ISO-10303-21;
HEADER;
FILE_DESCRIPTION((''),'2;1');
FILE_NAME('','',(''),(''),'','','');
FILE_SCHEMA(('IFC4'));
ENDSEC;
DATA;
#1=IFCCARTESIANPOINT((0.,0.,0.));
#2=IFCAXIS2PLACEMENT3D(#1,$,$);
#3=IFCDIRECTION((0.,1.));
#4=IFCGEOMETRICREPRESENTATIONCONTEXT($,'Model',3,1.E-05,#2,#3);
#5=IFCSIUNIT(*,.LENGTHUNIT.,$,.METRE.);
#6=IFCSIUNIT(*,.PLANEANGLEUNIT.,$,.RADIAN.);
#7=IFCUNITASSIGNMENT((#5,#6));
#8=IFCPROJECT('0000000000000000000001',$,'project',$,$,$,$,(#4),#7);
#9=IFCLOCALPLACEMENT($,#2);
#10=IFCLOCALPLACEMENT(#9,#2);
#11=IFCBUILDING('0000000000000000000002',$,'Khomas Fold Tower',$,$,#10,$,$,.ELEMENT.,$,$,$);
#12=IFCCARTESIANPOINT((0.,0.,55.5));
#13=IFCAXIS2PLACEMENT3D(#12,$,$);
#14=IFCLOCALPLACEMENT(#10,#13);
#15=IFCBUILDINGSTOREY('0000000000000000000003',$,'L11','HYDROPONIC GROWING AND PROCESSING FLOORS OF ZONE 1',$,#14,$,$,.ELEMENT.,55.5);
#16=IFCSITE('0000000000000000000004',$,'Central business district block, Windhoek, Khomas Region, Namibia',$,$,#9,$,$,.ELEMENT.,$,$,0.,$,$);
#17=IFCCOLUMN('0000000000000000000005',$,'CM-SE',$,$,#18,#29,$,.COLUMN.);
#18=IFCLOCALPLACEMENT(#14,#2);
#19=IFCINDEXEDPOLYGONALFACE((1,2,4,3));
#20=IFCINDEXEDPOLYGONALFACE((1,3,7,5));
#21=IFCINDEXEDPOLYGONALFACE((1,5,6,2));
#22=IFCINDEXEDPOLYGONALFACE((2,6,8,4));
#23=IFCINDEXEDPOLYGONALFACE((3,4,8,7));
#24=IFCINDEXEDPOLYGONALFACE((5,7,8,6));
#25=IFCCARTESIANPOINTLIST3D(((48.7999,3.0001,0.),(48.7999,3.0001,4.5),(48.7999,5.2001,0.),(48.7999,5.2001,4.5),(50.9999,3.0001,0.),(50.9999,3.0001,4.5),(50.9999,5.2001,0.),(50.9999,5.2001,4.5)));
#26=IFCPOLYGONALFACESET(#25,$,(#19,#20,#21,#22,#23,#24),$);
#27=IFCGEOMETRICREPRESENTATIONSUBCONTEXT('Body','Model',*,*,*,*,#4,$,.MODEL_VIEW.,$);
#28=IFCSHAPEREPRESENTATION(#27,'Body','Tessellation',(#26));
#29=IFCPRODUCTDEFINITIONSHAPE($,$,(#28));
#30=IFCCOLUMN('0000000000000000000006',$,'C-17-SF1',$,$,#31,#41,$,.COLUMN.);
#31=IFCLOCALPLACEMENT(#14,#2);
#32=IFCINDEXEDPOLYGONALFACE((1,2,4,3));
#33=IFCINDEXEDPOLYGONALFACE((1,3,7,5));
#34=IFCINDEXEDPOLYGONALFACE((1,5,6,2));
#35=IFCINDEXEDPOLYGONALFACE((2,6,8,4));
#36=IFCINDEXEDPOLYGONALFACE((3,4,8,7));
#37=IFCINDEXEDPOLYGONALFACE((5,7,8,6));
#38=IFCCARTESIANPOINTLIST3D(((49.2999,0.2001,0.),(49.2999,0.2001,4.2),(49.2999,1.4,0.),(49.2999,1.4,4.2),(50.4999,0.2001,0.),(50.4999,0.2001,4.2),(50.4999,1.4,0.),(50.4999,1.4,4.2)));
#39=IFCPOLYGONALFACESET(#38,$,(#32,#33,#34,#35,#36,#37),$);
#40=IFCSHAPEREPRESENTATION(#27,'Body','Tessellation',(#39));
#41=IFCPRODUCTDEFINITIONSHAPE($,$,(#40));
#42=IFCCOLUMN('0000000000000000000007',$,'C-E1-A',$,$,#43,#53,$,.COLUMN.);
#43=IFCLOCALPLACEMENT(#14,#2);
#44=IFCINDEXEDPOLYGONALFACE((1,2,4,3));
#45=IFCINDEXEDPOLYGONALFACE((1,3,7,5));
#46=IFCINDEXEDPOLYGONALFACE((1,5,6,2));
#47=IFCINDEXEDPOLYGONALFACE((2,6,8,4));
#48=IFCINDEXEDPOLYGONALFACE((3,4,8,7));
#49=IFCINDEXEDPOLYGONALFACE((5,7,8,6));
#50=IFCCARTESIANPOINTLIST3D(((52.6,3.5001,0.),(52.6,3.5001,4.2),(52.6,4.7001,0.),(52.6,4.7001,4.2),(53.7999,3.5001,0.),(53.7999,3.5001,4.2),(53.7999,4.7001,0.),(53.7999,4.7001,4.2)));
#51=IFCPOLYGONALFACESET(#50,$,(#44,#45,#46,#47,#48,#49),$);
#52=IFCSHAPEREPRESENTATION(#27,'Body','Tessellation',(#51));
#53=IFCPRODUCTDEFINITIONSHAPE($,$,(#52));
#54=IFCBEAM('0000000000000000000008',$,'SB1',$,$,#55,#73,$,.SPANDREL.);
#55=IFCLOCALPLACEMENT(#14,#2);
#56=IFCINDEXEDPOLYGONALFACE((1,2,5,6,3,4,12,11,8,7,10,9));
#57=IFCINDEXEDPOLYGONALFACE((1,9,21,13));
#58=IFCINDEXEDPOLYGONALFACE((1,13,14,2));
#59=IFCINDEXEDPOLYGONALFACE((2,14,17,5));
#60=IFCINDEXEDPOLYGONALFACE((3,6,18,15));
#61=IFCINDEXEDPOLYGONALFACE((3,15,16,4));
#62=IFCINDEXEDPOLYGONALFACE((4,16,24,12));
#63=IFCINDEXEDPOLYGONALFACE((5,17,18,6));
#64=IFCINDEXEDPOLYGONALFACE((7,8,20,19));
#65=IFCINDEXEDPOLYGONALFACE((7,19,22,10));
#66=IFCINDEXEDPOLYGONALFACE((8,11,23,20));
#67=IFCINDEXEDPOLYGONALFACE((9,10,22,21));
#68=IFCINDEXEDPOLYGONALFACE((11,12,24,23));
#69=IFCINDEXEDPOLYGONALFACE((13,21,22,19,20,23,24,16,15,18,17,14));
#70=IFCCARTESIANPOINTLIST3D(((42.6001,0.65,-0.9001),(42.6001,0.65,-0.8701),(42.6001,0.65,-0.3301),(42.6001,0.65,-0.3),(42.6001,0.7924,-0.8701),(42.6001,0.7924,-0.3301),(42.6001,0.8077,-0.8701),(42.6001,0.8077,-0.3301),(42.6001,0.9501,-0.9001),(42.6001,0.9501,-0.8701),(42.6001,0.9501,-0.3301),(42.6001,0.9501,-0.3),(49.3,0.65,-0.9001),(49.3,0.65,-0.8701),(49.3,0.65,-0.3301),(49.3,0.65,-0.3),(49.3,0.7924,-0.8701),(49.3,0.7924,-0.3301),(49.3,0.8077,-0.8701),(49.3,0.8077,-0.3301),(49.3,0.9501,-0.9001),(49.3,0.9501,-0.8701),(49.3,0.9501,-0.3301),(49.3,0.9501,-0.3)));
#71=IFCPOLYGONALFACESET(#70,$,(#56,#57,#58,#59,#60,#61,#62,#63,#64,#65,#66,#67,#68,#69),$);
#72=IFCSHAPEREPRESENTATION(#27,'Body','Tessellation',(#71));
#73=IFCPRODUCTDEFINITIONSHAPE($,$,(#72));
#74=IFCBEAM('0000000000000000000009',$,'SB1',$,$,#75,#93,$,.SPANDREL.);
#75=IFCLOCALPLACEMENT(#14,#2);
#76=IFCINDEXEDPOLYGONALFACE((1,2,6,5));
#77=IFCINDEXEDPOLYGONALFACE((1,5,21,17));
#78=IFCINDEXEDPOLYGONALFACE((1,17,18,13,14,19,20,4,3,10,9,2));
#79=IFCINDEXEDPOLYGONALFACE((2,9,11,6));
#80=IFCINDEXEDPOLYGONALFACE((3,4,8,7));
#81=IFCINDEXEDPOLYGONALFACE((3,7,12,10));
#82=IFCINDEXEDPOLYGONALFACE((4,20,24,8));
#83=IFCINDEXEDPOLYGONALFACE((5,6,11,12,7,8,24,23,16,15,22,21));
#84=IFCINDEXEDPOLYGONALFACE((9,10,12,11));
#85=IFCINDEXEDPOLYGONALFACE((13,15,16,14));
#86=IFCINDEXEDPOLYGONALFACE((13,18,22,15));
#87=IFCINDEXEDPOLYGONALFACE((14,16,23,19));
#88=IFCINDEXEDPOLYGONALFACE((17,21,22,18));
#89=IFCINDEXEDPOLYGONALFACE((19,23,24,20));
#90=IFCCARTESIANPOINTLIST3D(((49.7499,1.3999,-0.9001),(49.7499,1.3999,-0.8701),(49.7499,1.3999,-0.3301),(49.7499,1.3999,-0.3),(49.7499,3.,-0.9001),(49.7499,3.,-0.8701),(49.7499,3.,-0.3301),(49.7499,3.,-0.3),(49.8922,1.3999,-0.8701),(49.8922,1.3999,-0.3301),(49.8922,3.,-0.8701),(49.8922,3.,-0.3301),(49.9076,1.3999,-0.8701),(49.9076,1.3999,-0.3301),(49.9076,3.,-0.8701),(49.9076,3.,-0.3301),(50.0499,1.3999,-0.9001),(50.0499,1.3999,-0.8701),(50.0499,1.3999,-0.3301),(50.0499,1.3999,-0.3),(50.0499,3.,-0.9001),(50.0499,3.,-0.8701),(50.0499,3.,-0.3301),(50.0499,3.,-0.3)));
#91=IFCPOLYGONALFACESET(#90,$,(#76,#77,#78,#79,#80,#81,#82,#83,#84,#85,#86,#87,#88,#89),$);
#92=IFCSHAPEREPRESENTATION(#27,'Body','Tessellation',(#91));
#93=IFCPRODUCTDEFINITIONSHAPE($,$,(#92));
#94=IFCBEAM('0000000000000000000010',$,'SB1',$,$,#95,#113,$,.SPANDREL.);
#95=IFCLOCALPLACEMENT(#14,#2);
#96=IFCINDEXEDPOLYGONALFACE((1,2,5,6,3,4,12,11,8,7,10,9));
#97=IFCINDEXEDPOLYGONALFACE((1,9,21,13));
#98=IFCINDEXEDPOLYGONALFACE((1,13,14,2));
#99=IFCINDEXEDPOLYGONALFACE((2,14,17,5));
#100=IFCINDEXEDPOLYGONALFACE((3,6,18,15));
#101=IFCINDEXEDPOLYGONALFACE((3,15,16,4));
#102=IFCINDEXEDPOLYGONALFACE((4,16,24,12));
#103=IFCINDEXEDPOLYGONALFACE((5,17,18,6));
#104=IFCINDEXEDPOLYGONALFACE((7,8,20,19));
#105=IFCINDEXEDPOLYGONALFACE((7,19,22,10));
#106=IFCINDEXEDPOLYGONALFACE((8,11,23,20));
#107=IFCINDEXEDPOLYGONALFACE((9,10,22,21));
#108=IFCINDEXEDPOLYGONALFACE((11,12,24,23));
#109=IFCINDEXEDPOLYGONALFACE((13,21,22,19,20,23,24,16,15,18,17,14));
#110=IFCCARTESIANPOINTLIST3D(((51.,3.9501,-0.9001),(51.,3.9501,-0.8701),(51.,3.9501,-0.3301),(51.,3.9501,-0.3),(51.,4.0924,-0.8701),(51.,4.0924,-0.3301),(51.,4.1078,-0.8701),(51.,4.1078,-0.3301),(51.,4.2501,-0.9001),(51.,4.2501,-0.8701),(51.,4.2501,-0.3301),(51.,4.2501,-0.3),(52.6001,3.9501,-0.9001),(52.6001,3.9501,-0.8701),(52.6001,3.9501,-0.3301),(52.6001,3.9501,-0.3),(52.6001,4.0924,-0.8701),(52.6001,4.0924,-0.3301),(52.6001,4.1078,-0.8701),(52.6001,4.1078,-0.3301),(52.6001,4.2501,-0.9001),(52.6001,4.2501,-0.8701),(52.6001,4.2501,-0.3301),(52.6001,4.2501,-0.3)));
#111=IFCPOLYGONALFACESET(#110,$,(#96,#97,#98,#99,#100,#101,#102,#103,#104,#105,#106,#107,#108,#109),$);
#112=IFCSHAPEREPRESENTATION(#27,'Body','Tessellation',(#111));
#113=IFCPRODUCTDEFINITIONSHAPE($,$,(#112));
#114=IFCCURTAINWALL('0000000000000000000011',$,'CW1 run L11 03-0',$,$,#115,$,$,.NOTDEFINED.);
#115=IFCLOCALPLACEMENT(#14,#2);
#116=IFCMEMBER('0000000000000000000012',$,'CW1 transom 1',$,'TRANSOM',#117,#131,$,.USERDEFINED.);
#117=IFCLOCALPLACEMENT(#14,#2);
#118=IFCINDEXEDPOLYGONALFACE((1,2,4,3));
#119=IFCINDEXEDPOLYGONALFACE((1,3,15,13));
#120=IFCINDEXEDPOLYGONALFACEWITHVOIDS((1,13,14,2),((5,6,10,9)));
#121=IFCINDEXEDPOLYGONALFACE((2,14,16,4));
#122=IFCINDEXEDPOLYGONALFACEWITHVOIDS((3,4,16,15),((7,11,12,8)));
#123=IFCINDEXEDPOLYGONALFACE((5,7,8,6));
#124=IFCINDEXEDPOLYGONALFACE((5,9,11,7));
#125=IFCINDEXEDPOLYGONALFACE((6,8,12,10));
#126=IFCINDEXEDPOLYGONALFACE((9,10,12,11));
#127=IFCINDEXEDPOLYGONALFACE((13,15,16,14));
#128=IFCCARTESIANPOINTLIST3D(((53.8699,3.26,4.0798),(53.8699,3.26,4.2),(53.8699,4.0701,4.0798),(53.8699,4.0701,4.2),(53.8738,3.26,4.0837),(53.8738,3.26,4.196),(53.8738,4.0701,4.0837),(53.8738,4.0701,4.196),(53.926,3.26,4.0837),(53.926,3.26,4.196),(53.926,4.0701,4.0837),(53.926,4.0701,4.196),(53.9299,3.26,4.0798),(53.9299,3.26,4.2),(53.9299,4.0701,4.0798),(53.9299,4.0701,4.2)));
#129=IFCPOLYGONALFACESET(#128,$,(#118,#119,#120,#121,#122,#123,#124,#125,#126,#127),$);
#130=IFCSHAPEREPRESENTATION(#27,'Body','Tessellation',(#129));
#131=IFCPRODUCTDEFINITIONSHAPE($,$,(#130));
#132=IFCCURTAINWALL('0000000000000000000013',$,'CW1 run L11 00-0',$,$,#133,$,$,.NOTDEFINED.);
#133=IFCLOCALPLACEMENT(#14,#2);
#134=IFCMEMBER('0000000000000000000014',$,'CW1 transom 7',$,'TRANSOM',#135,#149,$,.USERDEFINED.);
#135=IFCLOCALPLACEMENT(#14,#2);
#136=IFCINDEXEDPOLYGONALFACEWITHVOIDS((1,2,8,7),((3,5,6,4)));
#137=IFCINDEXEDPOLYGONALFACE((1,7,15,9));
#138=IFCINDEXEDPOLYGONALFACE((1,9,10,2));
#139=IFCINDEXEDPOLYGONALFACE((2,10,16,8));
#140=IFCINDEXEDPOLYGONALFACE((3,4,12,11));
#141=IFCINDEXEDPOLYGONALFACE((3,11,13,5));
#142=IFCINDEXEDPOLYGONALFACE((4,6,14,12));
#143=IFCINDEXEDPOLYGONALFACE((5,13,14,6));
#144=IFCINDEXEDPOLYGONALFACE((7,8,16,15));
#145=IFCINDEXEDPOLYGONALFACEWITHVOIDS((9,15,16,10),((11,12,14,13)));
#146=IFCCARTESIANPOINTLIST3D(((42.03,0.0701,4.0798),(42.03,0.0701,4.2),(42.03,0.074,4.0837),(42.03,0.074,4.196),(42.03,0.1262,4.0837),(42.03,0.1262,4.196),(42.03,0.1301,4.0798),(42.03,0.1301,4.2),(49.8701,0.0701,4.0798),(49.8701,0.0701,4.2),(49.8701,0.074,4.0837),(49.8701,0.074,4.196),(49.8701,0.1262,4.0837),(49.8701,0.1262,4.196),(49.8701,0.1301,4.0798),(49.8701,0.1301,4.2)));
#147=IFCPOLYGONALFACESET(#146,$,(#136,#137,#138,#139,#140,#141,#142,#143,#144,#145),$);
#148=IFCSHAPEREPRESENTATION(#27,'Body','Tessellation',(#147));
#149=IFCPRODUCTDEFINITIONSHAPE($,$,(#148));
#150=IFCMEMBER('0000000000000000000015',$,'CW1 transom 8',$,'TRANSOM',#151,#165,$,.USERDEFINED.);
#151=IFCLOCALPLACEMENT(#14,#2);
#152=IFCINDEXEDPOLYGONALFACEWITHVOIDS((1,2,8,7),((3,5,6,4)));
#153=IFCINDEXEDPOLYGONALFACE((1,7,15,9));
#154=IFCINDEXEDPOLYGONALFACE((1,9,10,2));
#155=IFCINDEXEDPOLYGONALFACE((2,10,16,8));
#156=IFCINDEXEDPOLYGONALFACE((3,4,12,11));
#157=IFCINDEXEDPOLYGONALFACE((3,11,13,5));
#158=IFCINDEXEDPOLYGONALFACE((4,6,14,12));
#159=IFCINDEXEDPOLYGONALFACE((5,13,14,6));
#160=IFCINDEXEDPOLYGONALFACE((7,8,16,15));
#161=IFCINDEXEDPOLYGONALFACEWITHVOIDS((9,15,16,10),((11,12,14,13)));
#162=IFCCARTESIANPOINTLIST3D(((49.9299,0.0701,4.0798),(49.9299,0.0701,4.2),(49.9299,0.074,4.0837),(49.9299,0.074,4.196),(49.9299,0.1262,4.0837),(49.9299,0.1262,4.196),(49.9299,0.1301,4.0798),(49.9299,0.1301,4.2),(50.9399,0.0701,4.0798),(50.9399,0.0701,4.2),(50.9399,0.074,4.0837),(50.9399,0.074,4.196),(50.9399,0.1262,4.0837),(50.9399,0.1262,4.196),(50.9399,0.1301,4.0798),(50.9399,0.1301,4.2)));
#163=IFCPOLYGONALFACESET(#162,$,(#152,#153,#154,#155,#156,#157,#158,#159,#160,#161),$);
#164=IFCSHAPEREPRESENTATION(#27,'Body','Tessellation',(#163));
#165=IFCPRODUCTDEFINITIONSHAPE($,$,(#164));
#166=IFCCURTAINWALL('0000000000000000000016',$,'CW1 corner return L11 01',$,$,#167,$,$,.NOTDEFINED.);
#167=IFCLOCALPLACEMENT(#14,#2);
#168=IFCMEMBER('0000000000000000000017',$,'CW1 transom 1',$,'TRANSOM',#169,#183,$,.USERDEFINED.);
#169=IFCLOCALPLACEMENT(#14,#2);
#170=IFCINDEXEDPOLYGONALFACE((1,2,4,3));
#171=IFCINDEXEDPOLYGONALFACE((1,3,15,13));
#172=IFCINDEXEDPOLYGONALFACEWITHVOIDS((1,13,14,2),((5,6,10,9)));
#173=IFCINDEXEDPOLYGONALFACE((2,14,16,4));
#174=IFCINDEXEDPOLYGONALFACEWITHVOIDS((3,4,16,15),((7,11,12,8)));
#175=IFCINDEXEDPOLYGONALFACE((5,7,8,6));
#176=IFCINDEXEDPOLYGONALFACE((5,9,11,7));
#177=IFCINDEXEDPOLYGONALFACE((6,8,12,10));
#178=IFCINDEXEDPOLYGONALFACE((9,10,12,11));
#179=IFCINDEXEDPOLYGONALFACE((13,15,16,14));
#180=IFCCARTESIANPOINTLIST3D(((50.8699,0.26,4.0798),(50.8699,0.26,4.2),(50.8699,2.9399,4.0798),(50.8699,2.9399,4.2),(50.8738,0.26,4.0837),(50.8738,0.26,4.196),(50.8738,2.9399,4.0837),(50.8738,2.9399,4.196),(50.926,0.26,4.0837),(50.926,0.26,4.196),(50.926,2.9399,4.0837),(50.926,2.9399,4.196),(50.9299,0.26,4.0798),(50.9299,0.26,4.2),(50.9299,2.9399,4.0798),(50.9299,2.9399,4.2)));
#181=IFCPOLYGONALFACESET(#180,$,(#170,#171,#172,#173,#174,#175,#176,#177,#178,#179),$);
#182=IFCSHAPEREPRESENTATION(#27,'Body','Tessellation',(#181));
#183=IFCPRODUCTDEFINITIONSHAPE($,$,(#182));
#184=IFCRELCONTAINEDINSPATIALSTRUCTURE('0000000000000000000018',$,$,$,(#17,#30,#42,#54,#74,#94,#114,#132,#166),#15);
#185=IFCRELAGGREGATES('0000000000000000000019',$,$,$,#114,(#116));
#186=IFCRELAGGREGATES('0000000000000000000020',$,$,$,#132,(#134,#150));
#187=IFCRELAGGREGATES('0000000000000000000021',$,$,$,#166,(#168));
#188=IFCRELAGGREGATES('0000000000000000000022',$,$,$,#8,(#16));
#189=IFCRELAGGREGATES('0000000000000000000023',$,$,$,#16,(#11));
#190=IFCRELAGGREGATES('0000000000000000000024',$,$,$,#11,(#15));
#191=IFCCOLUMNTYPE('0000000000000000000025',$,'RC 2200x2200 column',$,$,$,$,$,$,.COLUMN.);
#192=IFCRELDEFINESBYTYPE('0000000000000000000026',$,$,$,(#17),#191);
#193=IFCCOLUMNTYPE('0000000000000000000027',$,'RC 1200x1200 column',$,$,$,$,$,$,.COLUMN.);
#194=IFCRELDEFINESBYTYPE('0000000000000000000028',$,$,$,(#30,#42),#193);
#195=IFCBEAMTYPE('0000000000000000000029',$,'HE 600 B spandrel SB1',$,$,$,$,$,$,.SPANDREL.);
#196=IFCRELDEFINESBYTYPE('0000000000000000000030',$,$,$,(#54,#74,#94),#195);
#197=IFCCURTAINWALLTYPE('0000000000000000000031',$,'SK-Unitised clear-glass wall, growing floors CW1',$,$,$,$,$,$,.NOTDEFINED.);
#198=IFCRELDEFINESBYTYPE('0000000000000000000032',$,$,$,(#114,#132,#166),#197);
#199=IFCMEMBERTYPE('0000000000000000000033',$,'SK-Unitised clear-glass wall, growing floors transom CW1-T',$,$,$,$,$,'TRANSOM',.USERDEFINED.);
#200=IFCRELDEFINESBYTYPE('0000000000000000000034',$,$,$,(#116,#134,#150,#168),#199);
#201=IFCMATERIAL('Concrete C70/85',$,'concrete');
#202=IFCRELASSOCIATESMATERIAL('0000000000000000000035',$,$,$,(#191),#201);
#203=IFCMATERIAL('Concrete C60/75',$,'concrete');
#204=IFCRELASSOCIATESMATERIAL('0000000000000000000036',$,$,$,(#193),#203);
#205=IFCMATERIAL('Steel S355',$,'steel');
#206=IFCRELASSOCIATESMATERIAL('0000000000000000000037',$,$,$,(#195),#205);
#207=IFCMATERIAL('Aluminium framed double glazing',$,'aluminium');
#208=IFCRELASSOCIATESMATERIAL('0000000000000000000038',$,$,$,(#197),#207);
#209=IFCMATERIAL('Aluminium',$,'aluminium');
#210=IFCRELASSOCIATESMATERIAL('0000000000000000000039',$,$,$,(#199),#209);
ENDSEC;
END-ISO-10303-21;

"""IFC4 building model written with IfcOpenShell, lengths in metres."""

from ifc_helpers import new_model, si_unit, direction, frame, origin, origin_2d, place, context, subcontext, project, spatial, rectangle, hollow_rectangle, i_section, extrude, source, transform, mapped, material, material_profile, profile_set, type_object, element, aggregate, save


model = new_model("IFC4")

# Units and contexts
model_context = context("Model", 3, precision=1e-05, world=origin(), true_north=direction((0.0, 1.0)))
body_context = subcontext(model_context, "Body", "Model", "MODEL_VIEW")
ifc_project = project(units=[si_unit("LENGTHUNIT", "METRE"), si_unit("PLANEANGLEUNIT", "RADIAN")], contexts=[model_context])

# Site, building, storey
site_placement = place(None, origin())
site = spatial("IfcSite", under=ifc_project, at=site_placement, Name="Central business district block, Windhoek, Khomas Region, Namibia", CompositionType="ELEMENT", RefElevation=0.0)
building_placement = place(site_placement, origin())
building = spatial("IfcBuilding", under=site, at=building_placement, Name="Khomas Fold Tower", CompositionType="ELEMENT")
storey_placement = place(building_placement, frame((0.0, 0.0, 55.5)))
storey = spatial("IfcBuildingStorey", under=building, at=storey_placement, Name="L11", Description="HYDROPONIC GROWING AND PROCESSING FLOORS OF ZONE 1", CompositionType="ELEMENT", Elevation=55.5)

# Columns
ifc_material_1 = material(Name="Concrete C70/85", Category="concrete")
ifc_material_profile_1 = material_profile(ifc_material_1, rectangle(XDim=2.2, YDim=2.2, at=origin_2d()), Name="RC 2200x2200")
ifc_profile_set_1 = profile_set([ifc_material_profile_1], Name="Concrete C70/85")
column_type_1 = type_object("IfcColumnType", Name="RC 2200x2200 column", PredefinedType="COLUMN", material=ifc_profile_set_1)
shared_shape_1 = source(origin(), body_context, "Body", "SweptSolid", [
    extrude(rectangle(XDim=2.2, YDim=2.2, at=origin_2d()), origin(), (0.0, 0.0, 1.0), 4.5),
])
column_placement = place(storey_placement, frame((49.8999, 4.1001, 0.0), z_axis=(0.0, 0.0, 1.0), x_axis=(1.0, 0.0, 0.0)))
element("IfcColumn", 1, at=column_placement, inside=storey, type_object=column_type_1, Name="CM-SE", PredefinedType="COLUMN", context=body_context, shape_type="MappedRepresentation", body=[
    mapped(shared_shape_1, transform((0.0, 0.0, 0.0))),
])
ifc_material_2 = material(Name="Concrete C60/75", Category="concrete")
ifc_material_profile_2 = material_profile(ifc_material_2, rectangle(XDim=1.2, YDim=1.2, at=origin_2d()), Name="RC 1200x1200")
ifc_profile_set_2 = profile_set([ifc_material_profile_2], Name="Concrete C60/75")
column_type_2 = type_object("IfcColumnType", Name="RC 1200x1200 column", PredefinedType="COLUMN", material=ifc_profile_set_2)
shared_shape_2 = source(origin(), body_context, "Body", "SweptSolid", [
    extrude(rectangle(XDim=1.2, YDim=1.2, at=origin_2d()), origin(), (0.0, 0.0, 1.0), 4.2),
])
for number, where, z_axis, x_axis, name in (
    (2, (49.8999, 0.8, 0.0), (0.0, 0.0, 1.0), (1.0, 0.0, 0.0), "C-17-SF1"),
    (3, (53.2, 4.1001, 0.0), (0.0, 0.0, 1.0), (1.0, 0.0, 0.0), "C-E1-A"),
):
    element("IfcColumn", number, at=place(storey_placement, frame(where, z_axis=z_axis, x_axis=x_axis)), inside=storey, type_object=column_type_2, Name=name, PredefinedType="COLUMN", context=body_context, shape_type="MappedRepresentation", body=[
        mapped(shared_shape_2, transform((0.0, 0.0, 0.0))),
    ])

# Beams
ifc_material_3 = material(Name="Steel S355", Category="steel")
ifc_material_profile_3 = material_profile(ifc_material_3, i_section(OverallWidth=0.3, OverallDepth=0.6001, WebThickness=0.0154, FlangeThickness=0.03, at=origin_2d()), Name="HE 600 B")
ifc_profile_set_3 = profile_set([ifc_material_profile_3], Name="Steel S355")
beam_type = type_object("IfcBeamType", Name="HE 600 B spandrel SB1", PredefinedType="SPANDREL", material=ifc_profile_set_3)
shared_shape_3 = source(origin(), body_context, "Body", "SweptSolid", [
    extrude(i_section(OverallWidth=0.3, OverallDepth=0.6001, WebThickness=0.0154, FlangeThickness=0.03, at=origin_2d()), origin(), (0.0, 0.0, 1.0), 6.7),
])
beam_placement = place(storey_placement, frame((42.6001, 0.8, -0.6001), z_axis=(1.0, 0.0, 0.0), x_axis=(0.0, 1.0, 0.0)))
element("IfcBeam", 4, at=beam_placement, inside=storey, type_object=beam_type, Name="SB1", PredefinedType="SPANDREL", context=body_context, shape_type="MappedRepresentation", body=[
    mapped(shared_shape_3, transform((0.0, 0.0, 0.0))),
])
shared_shape_4 = source(origin(), body_context, "Body", "SweptSolid", [
    extrude(i_section(OverallWidth=0.3, OverallDepth=0.6001, WebThickness=0.0154, FlangeThickness=0.03, at=origin_2d()), origin(), (0.0, 0.0, 1.0), 1.6001),
])
for number, where, z_axis, x_axis, name in (
    (5, (49.8999, 1.3999, -0.6001), (0.0, 1.0, 0.0), (-1.0, 0.0, 0.0), "SB1"),
    (6, (51.0, 4.1001, -0.6001), (1.0, 0.0, 0.0), (0.0, 1.0, 0.0), "SB1"),
):
    element("IfcBeam", number, at=place(storey_placement, frame(where, z_axis=z_axis, x_axis=x_axis)), inside=storey, type_object=beam_type, Name=name, PredefinedType="SPANDREL", context=body_context, shape_type="MappedRepresentation", body=[
        mapped(shared_shape_4, transform((0.0, 0.0, 0.0))),
    ])

# Curtain wall, member
ifc_material_4 = material(Name="Aluminium framed double glazing", Category="aluminium")
curtain_wall_type = type_object("IfcCurtainWallType", Name="SK-Unitised clear-glass wall, growing floors CW1", PredefinedType="NOTDEFINED", material=ifc_material_4)
curtain_wall_1_placement = place(storey_placement, origin())
curtain_wall_1 = element("IfcCurtainWall", 7, at=curtain_wall_1_placement, inside=storey, type_object=curtain_wall_type, Name="CW1 run L11 03-0", PredefinedType="NOTDEFINED")
ifc_material_5 = material(Name="Aluminium", Category="aluminium")
ifc_material_profile_4 = material_profile(ifc_material_5, hollow_rectangle(XDim=0.0601, YDim=0.1201, WallThickness=0.0039, at=origin_2d()), Name="SK-Unitised clear-glass wall, growing floors transom CW1-T")
ifc_profile_set_4 = profile_set([ifc_material_profile_4], Name="Aluminium")
member_type_1 = type_object("IfcMemberType", Name="SK-Unitised clear-glass wall, growing floors transom CW1-T", ElementType="TRANSOM", PredefinedType="USERDEFINED", material=ifc_profile_set_4)
shared_shape_5 = source(origin(), body_context, "Body", "SweptSolid", [
    extrude(hollow_rectangle(XDim=0.0601, YDim=0.1201, WallThickness=0.0039, at=origin_2d()), origin(), (0.0, 0.0, 1.0), 0.8101),
])
member_1_placement = place(storey_placement, frame((53.8999, 3.26, 4.1399), z_axis=(0.0, 1.0, 0.0), x_axis=(-1.0, 0.0, 0.0)))
member_1 = element("IfcMember", 8, at=member_1_placement, type_object=member_type_1, Name="CW1 transom 1", ObjectType="TRANSOM", PredefinedType="USERDEFINED", context=body_context, shape_type="MappedRepresentation", body=[
    mapped(shared_shape_5, transform((0.0, 0.0, 0.0))),
])

# Curtain wall, members
curtain_wall_2_placement = place(storey_placement, origin())
curtain_wall_2 = element("IfcCurtainWall", 9, at=curtain_wall_2_placement, inside=storey, type_object=curtain_wall_type, Name="CW1 run L11 00-0", PredefinedType="NOTDEFINED")
shared_shape_6 = source(origin(), body_context, "Body", "SweptSolid", [
    extrude(hollow_rectangle(XDim=0.0601, YDim=0.1201, WallThickness=0.0039, at=origin_2d()), origin(), (0.0, 0.0, 1.0), 7.8401),
])
member_2_placement = place(storey_placement, frame((42.03, 0.1001, 4.1399), z_axis=(1.0, 0.0, 0.0), x_axis=(0.0, 1.0, 0.0)))
member_2 = element("IfcMember", 10, at=member_2_placement, type_object=member_type_1, Name="CW1 transom 7", ObjectType="TRANSOM", PredefinedType="USERDEFINED", context=body_context, shape_type="MappedRepresentation", body=[
    mapped(shared_shape_6, transform((0.0, 0.0, 0.0))),
])
shared_shape_7 = source(origin(), body_context, "Body", "SweptSolid", [
    extrude(hollow_rectangle(XDim=0.0601, YDim=0.1201, WallThickness=0.0039, at=origin_2d()), origin(), (0.0, 0.0, 1.0), 1.01),
])
member_3_placement = place(storey_placement, frame((49.9299, 0.1001, 4.1399), z_axis=(1.0, 0.0, 0.0), x_axis=(0.0, 1.0, 0.0)))
member_3 = element("IfcMember", 11, at=member_3_placement, type_object=member_type_1, Name="CW1 transom 8", ObjectType="TRANSOM", PredefinedType="USERDEFINED", context=body_context, shape_type="MappedRepresentation", body=[
    mapped(shared_shape_7, transform((0.0, 0.0, 0.0))),
])

# Curtain wall, member
curtain_wall_3_placement = place(storey_placement, origin())
curtain_wall_3 = element("IfcCurtainWall", 12, at=curtain_wall_3_placement, inside=storey, type_object=curtain_wall_type, Name="CW1 corner return L11 01", PredefinedType="NOTDEFINED")
shared_shape_8 = source(origin(), body_context, "Body", "SweptSolid", [
    extrude(hollow_rectangle(XDim=0.0601, YDim=0.1201, WallThickness=0.0039, at=origin_2d()), origin(), (0.0, 0.0, 1.0), 2.6799),
])
member_4_placement = place(storey_placement, frame((50.8999, 0.26, 4.1399), z_axis=(0.0, 1.0, 0.0), x_axis=(-1.0, 0.0, 0.0)))
member_4 = element("IfcMember", 13, at=member_4_placement, type_object=member_type_1, Name="CW1 transom 1", ObjectType="TRANSOM", PredefinedType="USERDEFINED", context=body_context, shape_type="MappedRepresentation", body=[
    mapped(shared_shape_8, transform((0.0, 0.0, 0.0))),
])

aggregate(curtain_wall_1, [member_1])
aggregate(curtain_wall_2, [member_2, member_3])
aggregate(curtain_wall_3, [member_4])

save(model, "model.ifc")
